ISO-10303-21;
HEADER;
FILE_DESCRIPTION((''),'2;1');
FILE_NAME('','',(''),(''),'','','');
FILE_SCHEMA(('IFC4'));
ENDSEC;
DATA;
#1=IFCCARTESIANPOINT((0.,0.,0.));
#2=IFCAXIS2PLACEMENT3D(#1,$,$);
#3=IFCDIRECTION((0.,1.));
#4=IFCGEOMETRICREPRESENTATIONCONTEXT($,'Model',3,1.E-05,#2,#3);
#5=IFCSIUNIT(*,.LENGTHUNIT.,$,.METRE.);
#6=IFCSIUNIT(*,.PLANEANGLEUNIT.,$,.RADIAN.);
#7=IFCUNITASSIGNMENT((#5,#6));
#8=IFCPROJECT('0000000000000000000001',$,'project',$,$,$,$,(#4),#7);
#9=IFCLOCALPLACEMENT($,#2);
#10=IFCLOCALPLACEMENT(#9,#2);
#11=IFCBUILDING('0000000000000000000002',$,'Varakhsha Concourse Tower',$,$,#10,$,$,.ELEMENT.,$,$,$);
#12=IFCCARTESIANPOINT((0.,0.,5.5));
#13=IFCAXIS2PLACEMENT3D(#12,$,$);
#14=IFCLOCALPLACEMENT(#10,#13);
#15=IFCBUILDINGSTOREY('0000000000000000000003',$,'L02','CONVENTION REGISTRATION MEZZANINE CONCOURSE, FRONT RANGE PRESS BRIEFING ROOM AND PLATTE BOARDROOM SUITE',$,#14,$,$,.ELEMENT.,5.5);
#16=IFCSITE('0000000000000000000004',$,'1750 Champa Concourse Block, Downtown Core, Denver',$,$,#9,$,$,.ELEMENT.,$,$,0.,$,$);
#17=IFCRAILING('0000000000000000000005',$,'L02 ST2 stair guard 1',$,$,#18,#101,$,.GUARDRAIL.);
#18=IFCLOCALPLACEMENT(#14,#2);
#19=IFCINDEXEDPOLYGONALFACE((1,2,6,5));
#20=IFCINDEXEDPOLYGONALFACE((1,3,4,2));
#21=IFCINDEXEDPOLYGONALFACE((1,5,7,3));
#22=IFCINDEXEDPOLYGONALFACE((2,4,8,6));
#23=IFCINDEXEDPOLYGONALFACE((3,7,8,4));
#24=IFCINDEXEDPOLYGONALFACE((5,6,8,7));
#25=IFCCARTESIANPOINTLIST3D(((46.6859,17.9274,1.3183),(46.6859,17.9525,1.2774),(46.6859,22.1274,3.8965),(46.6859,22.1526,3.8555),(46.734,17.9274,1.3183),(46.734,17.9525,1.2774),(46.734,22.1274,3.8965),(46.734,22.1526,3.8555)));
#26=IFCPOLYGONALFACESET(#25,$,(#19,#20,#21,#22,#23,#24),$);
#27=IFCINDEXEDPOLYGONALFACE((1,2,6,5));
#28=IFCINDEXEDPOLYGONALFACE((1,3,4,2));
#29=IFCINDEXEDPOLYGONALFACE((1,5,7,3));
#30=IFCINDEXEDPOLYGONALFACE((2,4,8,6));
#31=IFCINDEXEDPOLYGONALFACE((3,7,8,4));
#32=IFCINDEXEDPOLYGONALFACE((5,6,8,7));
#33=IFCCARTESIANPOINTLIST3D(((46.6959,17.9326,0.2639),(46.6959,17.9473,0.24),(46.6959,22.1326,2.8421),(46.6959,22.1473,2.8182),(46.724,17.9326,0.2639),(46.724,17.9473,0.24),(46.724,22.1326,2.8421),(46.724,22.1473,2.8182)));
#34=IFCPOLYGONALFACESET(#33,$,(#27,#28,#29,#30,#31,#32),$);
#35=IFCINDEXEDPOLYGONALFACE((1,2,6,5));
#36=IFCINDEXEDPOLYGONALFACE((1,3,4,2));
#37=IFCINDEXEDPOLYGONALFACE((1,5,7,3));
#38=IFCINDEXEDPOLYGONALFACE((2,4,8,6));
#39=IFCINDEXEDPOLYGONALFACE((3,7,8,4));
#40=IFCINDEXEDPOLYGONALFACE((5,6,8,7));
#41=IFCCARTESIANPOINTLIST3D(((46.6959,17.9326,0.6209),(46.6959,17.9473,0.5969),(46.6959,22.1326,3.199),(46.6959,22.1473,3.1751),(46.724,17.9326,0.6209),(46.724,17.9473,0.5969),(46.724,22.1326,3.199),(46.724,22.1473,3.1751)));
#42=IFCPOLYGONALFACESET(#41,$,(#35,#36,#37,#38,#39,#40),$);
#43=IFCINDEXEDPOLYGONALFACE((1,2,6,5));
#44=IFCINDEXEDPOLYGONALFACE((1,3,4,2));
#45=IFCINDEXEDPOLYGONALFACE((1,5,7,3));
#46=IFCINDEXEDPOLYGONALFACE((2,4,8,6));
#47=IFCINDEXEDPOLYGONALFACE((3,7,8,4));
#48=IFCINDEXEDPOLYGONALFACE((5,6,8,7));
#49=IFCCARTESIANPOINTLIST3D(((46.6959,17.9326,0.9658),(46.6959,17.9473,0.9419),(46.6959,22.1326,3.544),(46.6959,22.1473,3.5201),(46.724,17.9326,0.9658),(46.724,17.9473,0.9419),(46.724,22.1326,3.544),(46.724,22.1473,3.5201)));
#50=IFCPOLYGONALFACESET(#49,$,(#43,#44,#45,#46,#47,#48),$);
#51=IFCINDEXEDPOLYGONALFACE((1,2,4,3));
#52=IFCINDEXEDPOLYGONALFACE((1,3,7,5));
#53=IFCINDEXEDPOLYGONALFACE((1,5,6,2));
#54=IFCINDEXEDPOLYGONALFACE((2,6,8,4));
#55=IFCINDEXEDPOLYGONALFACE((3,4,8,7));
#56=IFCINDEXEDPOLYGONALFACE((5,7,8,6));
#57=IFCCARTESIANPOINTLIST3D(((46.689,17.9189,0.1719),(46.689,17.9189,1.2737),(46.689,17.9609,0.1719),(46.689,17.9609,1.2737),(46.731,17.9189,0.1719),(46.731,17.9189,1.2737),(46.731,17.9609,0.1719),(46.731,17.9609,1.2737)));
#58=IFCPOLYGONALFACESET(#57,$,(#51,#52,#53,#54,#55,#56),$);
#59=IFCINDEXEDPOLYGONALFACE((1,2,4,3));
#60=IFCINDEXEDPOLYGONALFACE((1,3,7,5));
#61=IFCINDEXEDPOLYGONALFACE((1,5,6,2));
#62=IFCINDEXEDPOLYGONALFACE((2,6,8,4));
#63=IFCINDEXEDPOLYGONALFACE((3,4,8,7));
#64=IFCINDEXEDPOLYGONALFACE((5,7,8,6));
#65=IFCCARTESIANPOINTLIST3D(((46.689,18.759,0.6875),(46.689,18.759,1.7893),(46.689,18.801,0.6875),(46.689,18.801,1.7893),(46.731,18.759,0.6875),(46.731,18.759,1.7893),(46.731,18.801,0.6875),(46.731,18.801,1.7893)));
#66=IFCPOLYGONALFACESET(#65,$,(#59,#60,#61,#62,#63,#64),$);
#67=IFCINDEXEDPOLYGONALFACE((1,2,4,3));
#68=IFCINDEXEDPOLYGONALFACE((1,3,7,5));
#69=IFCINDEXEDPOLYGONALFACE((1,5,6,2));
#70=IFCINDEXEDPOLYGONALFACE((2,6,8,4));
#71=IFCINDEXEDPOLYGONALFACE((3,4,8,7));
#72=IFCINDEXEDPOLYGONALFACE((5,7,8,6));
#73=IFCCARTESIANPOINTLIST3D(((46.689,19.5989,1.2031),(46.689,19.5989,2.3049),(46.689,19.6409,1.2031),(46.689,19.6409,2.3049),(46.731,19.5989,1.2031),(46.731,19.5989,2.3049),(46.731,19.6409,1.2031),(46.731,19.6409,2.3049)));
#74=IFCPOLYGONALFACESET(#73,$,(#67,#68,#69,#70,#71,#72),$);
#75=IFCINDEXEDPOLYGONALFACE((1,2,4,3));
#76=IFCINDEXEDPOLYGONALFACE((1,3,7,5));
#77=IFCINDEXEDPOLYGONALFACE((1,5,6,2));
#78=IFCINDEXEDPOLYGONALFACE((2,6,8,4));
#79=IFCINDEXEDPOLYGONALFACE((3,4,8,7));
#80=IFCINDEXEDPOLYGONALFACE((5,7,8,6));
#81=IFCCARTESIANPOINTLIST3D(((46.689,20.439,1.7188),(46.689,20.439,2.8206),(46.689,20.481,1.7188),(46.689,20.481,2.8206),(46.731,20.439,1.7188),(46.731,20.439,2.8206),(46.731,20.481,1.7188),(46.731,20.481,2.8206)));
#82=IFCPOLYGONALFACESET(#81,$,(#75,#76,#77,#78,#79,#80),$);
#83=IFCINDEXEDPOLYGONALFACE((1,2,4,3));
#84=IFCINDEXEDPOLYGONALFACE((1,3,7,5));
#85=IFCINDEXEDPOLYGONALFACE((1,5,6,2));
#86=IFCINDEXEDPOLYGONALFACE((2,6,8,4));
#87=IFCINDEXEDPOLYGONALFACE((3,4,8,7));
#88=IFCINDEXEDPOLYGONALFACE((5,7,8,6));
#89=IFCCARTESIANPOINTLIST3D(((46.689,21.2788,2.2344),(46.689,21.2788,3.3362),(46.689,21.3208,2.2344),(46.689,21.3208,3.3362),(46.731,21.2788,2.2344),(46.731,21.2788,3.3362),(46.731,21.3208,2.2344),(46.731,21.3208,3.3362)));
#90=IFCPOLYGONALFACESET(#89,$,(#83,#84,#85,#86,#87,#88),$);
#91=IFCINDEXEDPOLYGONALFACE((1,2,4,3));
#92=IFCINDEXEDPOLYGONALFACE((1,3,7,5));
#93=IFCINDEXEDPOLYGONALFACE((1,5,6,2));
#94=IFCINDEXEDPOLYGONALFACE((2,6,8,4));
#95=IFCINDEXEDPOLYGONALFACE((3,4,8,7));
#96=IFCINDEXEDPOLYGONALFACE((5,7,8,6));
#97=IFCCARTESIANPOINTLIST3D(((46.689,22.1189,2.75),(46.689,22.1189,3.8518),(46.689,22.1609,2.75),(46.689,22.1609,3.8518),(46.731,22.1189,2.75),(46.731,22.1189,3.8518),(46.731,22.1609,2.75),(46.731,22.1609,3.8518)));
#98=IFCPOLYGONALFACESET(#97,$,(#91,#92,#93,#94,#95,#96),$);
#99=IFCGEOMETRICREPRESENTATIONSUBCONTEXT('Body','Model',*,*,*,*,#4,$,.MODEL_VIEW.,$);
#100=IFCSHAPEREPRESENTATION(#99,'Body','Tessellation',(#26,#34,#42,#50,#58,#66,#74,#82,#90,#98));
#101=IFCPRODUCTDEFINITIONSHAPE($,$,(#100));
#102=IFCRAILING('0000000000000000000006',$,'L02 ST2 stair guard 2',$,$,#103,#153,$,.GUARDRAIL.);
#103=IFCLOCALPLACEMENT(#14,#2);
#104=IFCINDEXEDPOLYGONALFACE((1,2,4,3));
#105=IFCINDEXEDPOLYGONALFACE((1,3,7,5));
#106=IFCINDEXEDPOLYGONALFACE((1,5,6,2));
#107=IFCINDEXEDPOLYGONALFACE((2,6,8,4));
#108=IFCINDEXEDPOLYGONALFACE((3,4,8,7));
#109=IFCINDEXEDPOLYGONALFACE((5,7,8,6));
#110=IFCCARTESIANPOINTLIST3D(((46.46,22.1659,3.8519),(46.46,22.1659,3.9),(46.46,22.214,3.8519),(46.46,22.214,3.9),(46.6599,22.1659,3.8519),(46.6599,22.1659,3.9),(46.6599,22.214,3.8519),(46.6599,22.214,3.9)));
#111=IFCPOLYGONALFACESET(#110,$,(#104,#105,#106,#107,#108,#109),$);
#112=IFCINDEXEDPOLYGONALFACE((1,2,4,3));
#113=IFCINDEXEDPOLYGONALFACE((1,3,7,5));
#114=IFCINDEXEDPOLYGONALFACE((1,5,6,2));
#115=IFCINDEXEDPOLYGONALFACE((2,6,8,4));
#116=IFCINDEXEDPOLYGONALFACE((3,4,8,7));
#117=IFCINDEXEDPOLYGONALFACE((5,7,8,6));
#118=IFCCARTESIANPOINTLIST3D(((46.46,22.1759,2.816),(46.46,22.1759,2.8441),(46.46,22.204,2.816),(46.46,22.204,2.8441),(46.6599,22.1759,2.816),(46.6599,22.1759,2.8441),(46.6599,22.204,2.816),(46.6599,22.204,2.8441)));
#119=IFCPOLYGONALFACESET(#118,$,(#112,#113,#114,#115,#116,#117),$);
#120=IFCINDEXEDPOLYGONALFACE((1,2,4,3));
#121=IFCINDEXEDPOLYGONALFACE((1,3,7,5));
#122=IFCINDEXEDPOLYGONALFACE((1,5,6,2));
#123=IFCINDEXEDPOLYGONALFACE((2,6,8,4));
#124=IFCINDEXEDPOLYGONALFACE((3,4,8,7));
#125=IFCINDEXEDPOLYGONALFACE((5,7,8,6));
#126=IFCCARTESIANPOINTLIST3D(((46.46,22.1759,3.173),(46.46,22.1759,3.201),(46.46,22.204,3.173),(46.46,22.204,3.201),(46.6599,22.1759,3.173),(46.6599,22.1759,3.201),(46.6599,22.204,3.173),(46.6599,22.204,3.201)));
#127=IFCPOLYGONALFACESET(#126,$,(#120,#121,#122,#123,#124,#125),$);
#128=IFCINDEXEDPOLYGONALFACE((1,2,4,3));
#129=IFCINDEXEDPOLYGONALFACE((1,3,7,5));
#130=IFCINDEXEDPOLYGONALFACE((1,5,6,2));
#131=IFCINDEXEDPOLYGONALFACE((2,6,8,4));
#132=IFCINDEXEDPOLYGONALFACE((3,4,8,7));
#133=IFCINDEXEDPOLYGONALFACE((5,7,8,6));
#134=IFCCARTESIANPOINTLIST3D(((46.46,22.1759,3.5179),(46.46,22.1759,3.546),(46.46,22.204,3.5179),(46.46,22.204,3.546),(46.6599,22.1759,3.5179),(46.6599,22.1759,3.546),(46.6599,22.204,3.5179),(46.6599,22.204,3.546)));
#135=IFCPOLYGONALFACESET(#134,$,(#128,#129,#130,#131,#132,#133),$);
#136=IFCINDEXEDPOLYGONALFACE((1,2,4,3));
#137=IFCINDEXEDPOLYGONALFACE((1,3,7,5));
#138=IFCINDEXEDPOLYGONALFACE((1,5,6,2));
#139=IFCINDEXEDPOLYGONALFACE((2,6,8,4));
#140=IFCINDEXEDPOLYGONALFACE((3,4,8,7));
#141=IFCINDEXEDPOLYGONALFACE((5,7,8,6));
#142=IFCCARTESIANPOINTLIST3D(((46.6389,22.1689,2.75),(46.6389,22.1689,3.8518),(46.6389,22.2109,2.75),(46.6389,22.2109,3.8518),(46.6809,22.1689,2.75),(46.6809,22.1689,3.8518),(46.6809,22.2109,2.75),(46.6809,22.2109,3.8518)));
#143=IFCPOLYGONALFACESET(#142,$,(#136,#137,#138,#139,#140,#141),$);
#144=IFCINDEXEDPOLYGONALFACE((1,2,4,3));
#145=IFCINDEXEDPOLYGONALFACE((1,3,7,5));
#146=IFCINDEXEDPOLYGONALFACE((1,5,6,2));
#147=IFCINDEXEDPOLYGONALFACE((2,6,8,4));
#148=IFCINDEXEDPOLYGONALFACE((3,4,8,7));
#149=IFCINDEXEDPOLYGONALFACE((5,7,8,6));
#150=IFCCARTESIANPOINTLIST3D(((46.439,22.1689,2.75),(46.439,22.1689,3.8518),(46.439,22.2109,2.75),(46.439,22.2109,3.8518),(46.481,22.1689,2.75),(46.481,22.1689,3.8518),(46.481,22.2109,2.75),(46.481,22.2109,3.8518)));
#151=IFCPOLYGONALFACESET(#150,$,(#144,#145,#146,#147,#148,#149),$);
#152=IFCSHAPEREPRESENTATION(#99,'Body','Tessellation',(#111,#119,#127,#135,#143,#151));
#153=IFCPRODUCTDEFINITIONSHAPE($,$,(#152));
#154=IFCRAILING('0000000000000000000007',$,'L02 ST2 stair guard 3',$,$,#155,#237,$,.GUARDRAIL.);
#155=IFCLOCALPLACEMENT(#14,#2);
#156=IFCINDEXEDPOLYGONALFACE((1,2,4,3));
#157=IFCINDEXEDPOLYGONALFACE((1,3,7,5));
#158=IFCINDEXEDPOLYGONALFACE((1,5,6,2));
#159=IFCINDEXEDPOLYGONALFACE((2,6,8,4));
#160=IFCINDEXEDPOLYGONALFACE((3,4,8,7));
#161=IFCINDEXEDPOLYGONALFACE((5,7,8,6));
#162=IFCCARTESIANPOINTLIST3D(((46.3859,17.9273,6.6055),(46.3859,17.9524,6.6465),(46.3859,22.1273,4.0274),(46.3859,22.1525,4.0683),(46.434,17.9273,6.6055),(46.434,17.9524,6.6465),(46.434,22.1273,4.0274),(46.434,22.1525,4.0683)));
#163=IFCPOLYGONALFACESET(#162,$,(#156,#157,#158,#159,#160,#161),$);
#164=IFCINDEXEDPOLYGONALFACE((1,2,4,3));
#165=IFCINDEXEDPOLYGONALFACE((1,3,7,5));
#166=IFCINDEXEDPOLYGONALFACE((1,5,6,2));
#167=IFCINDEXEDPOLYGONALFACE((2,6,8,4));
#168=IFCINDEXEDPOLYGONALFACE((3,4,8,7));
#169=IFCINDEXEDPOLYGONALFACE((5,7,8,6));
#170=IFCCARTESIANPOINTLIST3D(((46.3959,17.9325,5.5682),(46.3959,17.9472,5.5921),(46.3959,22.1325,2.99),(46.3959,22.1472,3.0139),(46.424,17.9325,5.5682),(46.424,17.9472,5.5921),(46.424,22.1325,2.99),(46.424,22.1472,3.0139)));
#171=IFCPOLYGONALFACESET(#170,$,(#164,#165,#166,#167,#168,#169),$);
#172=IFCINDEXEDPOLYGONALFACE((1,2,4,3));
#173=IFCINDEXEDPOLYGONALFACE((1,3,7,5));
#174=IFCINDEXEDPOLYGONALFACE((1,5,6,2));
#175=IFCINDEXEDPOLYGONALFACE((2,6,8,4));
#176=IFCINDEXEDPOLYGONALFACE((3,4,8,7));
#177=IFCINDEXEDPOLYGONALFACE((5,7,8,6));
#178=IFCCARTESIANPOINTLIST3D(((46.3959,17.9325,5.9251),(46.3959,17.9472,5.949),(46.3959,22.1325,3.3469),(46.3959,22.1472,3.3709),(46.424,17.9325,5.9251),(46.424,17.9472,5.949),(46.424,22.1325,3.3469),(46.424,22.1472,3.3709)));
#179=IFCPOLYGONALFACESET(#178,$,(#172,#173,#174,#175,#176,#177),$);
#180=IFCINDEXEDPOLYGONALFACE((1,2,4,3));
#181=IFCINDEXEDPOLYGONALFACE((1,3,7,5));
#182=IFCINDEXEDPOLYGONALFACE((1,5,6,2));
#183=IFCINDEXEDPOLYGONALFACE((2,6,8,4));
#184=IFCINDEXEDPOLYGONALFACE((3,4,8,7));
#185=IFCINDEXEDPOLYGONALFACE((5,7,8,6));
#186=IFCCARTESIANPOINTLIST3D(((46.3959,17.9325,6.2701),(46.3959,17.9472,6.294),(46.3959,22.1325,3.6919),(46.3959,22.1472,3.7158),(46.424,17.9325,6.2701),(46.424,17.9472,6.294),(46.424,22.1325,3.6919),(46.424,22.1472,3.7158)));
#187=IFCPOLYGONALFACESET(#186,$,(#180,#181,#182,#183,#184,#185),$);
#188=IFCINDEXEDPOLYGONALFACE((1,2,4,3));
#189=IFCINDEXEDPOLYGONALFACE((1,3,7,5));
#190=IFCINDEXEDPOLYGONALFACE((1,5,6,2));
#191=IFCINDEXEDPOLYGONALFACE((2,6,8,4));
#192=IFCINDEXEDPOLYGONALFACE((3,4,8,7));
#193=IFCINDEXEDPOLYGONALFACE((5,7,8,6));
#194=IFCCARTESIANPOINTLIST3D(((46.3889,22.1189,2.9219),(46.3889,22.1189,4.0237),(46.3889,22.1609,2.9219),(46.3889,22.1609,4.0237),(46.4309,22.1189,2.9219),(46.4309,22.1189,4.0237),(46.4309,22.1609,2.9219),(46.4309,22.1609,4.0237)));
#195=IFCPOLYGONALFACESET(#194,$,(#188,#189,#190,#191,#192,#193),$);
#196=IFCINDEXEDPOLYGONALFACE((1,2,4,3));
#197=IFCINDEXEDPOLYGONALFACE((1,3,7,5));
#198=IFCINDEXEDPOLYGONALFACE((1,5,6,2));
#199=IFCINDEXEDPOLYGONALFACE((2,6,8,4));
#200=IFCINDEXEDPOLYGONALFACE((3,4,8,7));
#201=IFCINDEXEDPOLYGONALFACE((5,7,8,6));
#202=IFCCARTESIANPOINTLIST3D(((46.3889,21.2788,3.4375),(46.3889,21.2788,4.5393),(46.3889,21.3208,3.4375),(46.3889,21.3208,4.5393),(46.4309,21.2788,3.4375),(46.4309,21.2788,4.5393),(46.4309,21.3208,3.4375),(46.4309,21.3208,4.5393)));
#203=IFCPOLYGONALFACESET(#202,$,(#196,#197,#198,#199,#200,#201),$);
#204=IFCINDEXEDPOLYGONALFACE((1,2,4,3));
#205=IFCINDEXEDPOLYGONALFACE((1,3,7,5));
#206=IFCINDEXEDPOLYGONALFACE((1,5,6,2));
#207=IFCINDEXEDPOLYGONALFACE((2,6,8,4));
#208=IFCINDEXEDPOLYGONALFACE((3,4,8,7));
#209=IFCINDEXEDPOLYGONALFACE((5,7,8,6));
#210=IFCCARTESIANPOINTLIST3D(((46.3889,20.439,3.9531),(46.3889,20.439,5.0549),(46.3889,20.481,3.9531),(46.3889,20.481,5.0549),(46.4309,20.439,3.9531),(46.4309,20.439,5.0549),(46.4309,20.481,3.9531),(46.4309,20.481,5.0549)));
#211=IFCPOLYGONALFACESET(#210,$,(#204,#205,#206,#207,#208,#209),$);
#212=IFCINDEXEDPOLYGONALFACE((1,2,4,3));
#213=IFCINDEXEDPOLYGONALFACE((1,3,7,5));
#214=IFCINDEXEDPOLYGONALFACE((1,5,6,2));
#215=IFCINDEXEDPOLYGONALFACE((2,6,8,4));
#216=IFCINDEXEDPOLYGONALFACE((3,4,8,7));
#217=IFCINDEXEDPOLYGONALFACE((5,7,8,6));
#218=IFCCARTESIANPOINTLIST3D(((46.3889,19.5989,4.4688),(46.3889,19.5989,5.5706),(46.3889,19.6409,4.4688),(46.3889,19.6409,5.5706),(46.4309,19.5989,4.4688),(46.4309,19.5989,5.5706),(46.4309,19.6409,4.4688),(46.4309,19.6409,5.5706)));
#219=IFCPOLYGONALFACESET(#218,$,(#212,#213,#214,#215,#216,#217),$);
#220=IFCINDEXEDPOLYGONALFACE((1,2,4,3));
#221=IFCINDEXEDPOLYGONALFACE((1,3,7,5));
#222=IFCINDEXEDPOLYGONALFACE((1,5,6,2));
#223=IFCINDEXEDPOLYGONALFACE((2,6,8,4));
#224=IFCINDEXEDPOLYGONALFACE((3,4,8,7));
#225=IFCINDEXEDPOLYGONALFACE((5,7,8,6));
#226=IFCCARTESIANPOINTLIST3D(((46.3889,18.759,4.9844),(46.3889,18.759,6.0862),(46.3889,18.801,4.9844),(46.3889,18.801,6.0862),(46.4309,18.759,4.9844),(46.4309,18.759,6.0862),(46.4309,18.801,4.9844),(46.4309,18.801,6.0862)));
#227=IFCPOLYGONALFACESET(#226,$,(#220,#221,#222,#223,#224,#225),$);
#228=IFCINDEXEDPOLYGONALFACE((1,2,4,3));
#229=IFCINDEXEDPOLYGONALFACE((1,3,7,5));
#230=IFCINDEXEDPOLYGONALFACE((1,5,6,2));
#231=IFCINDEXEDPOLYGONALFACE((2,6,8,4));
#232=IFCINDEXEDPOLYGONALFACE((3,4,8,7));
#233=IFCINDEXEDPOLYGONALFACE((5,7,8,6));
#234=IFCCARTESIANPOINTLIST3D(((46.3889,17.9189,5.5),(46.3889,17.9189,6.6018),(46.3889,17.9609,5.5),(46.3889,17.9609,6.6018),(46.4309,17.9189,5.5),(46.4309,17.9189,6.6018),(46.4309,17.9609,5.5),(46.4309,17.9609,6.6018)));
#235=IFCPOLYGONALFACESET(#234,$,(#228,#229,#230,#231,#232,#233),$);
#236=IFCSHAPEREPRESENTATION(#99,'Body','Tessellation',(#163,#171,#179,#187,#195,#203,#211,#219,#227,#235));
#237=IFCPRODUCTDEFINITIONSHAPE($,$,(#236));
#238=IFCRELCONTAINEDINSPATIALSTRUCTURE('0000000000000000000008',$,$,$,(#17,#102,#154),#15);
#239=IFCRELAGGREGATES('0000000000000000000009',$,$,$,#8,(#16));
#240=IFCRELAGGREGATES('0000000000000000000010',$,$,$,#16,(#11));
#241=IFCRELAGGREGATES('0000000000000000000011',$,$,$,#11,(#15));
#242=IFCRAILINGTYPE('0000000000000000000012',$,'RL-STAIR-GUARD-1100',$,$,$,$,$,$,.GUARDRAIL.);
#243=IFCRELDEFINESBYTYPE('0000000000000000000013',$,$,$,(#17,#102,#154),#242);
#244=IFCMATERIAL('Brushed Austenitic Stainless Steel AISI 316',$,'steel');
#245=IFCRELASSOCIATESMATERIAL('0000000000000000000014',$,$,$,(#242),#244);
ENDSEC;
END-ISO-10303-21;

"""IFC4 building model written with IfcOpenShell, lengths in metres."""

from ifc_helpers import new_model, si_unit, direction, frame, origin, origin_2d, place, context, subcontext, project, spatial, rectangle, extrude, material, type_object, element, save


model = new_model("IFC4")

# Units and contexts
model_context = context("Model", 3, precision=1e-05, world=origin(), true_north=direction((0.0, 1.0)))
body_context = subcontext(model_context, "Body", "Model", "MODEL_VIEW")
ifc_project = project(units=[si_unit("LENGTHUNIT", "METRE"), si_unit("PLANEANGLEUNIT", "RADIAN")], contexts=[model_context])

# Site, building, storey
site_placement = place(None, origin())
site = spatial("IfcSite", under=ifc_project, at=site_placement, Name="1750 Champa Concourse Block, Downtown Core, Denver", CompositionType="ELEMENT", RefElevation=0.0)
building_placement = place(site_placement, origin())
building = spatial("IfcBuilding", under=site, at=building_placement, Name="Varakhsha Concourse Tower", CompositionType="ELEMENT")
storey_placement = place(building_placement, frame((0.0, 0.0, 5.5)))
storey = spatial("IfcBuildingStorey", under=building, at=storey_placement, Name="L02", Description="CONVENTION REGISTRATION MEZZANINE CONCOURSE, FRONT RANGE PRESS BRIEFING ROOM AND PLATTE BOARDROOM SUITE", CompositionType="ELEMENT", Elevation=5.5)

# Railings
ifc_material_1 = material(Name="Brushed Austenitic Stainless Steel AISI 316", Category="steel")
railing_type_1 = type_object("IfcRailingType", Name="RL-STAIR-GUARD-1100", PredefinedType="GUARDRAIL", material=ifc_material_1)
railing_1_placement = place(storey_placement, frame((46.71, 17.9399, 0.1719)))
element("IfcRailing", 1, at=railing_1_placement, inside=storey, type_object=railing_type_1, Name="L02 ST2 stair guard 1", PredefinedType="GUARDRAIL", context=body_context, shape_type="SweptSolid", body=[
    extrude(rectangle(XDim=0.0481, YDim=0.0481, at=origin_2d()), frame((0.0, 0.0, 1.126), z_axis=(0.0, 0.852243, 0.523146), x_axis=(-1.0, 0.0, 0.0)), (0.0, 0.0, 1.0), 4.9282),
    extrude(rectangle(XDim=0.0281, YDim=0.0281, at=origin_2d()), frame((0.0, 0.0, 0.0801), z_axis=(0.0, 0.852243, 0.523146), x_axis=(-1.0, 0.0, 0.0)), (0.0, 0.0, 1.0), 4.9282),
    extrude(rectangle(XDim=0.0281, YDim=0.0281, at=origin_2d()), frame((0.0, 0.0, 0.437), z_axis=(0.0, 0.852243, 0.523146), x_axis=(-1.0, 0.0, 0.0)), (0.0, 0.0, 1.0), 4.9282),
    extrude(rectangle(XDim=0.0281, YDim=0.0281, at=origin_2d()), frame((0.0, 0.0, 0.782), z_axis=(0.0, 0.852243, 0.523146), x_axis=(-1.0, 0.0, 0.0)), (0.0, 0.0, 1.0), 4.9282),
    extrude(rectangle(XDim=0.042, YDim=0.042, at=origin_2d()), origin(), (0.0, 0.0, 1.0), 1.1018),
    extrude(rectangle(XDim=0.042, YDim=0.042, at=origin_2d()), frame((0.0, 0.8401, 0.5156)), (0.0, 0.0, 1.0), 1.1018),
    extrude(rectangle(XDim=0.042, YDim=0.042, at=origin_2d()), frame((0.0, 1.6799, 1.0312)), (0.0, 0.0, 1.0), 1.1018),
    extrude(rectangle(XDim=0.042, YDim=0.042, at=origin_2d()), frame((0.0, 2.52, 1.5469)), (0.0, 0.0, 1.0), 1.1018),
    extrude(rectangle(XDim=0.042, YDim=0.042, at=origin_2d()), frame((0.0, 3.3599, 2.0625)), (0.0, 0.0, 1.0), 1.1018),
    extrude(rectangle(XDim=0.042, YDim=0.042, at=origin_2d()), frame((0.0, 4.2, 2.5781)), (0.0, 0.0, 1.0), 1.1018),
])
railing_2_placement = place(storey_placement, frame((46.6599, 22.1899, 2.75)))
element("IfcRailing", 2, at=railing_2_placement, inside=storey, type_object=railing_type_1, Name="L02 ST2 stair guard 2", PredefinedType="GUARDRAIL", context=body_context, shape_type="SweptSolid", body=[
    extrude(rectangle(XDim=0.0481, YDim=0.0481, at=origin_2d()), frame((0.0, 0.0, 1.126), z_axis=(-1.0, 0.0, 0.0), x_axis=(0.0, -1.0, 0.0)), (0.0, 0.0, 1.0), 0.2),
    extrude(rectangle(XDim=0.0281, YDim=0.0281, at=origin_2d()), frame((0.0, 0.0, 0.0801), z_axis=(-1.0, 0.0, 0.0), x_axis=(0.0, -1.0, 0.0)), (0.0, 0.0, 1.0), 0.2),
    extrude(rectangle(XDim=0.0281, YDim=0.0281, at=origin_2d()), frame((0.0, 0.0, 0.437), z_axis=(-1.0, 0.0, 0.0), x_axis=(0.0, -1.0, 0.0)), (0.0, 0.0, 1.0), 0.2),
    extrude(rectangle(XDim=0.0281, YDim=0.0281, at=origin_2d()), frame((0.0, 0.0, 0.782), z_axis=(-1.0, 0.0, 0.0), x_axis=(0.0, -1.0, 0.0)), (0.0, 0.0, 1.0), 0.2),
    extrude(rectangle(XDim=0.042, YDim=0.042, at=origin_2d()), origin(), (0.0, 0.0, 1.0), 1.1018),
    extrude(rectangle(XDim=0.042, YDim=0.042, at=origin_2d()), frame((-0.2, 0.0, 0.0)), (0.0, 0.0, 1.0), 1.1018),
])
railing_3_placement = place(storey_placement, frame((46.4099, 22.1399, 2.9219)))
element("IfcRailing", 3, at=railing_3_placement, inside=storey, type_object=railing_type_1, Name="L02 ST2 stair guard 3", PredefinedType="GUARDRAIL", context=body_context, shape_type="SweptSolid", body=[
    extrude(rectangle(XDim=0.0481, YDim=0.0481, at=origin_2d()), frame((0.0, 0.0, 1.126), z_axis=(0.0, -0.852243, 0.523146), x_axis=(1.0, 0.0, 0.0)), (0.0, 0.0, 1.0), 4.9282),
    extrude(rectangle(XDim=0.0281, YDim=0.0281, at=origin_2d()), frame((0.0, 0.0, 0.0801), z_axis=(0.0, -0.852243, 0.523146), x_axis=(1.0, 0.0, 0.0)), (0.0, 0.0, 1.0), 4.9282),
    extrude(rectangle(XDim=0.0281, YDim=0.0281, at=origin_2d()), frame((0.0, 0.0, 0.437), z_axis=(0.0, -0.852243, 0.523146), x_axis=(1.0, 0.0, 0.0)), (0.0, 0.0, 1.0), 4.9282),
    extrude(rectangle(XDim=0.0281, YDim=0.0281, at=origin_2d()), frame((0.0, 0.0, 0.782), z_axis=(0.0, -0.852243, 0.523146), x_axis=(1.0, 0.0, 0.0)), (0.0, 0.0, 1.0), 4.9282),
    extrude(rectangle(XDim=0.042, YDim=0.042, at=origin_2d()), origin(), (0.0, 0.0, 1.0), 1.1018),
    extrude(rectangle(XDim=0.042, YDim=0.042, at=origin_2d()), frame((0.0, -0.8401, 0.5156)), (0.0, 0.0, 1.0), 1.1018),
    extrude(rectangle(XDim=0.042, YDim=0.042, at=origin_2d()), frame((0.0, -1.6799, 1.0312)), (0.0, 0.0, 1.0), 1.1018),
    extrude(rectangle(XDim=0.042, YDim=0.042, at=origin_2d()), frame((0.0, -2.52, 1.5469)), (0.0, 0.0, 1.0), 1.1018),
    extrude(rectangle(XDim=0.042, YDim=0.042, at=origin_2d()), frame((0.0, -3.3599, 2.0625)), (0.0, 0.0, 1.0), 1.1018),
    extrude(rectangle(XDim=0.042, YDim=0.042, at=origin_2d()), frame((0.0, -4.2, 2.5781)), (0.0, 0.0, 1.0), 1.1018),
])

save(model, "model.ifc")
